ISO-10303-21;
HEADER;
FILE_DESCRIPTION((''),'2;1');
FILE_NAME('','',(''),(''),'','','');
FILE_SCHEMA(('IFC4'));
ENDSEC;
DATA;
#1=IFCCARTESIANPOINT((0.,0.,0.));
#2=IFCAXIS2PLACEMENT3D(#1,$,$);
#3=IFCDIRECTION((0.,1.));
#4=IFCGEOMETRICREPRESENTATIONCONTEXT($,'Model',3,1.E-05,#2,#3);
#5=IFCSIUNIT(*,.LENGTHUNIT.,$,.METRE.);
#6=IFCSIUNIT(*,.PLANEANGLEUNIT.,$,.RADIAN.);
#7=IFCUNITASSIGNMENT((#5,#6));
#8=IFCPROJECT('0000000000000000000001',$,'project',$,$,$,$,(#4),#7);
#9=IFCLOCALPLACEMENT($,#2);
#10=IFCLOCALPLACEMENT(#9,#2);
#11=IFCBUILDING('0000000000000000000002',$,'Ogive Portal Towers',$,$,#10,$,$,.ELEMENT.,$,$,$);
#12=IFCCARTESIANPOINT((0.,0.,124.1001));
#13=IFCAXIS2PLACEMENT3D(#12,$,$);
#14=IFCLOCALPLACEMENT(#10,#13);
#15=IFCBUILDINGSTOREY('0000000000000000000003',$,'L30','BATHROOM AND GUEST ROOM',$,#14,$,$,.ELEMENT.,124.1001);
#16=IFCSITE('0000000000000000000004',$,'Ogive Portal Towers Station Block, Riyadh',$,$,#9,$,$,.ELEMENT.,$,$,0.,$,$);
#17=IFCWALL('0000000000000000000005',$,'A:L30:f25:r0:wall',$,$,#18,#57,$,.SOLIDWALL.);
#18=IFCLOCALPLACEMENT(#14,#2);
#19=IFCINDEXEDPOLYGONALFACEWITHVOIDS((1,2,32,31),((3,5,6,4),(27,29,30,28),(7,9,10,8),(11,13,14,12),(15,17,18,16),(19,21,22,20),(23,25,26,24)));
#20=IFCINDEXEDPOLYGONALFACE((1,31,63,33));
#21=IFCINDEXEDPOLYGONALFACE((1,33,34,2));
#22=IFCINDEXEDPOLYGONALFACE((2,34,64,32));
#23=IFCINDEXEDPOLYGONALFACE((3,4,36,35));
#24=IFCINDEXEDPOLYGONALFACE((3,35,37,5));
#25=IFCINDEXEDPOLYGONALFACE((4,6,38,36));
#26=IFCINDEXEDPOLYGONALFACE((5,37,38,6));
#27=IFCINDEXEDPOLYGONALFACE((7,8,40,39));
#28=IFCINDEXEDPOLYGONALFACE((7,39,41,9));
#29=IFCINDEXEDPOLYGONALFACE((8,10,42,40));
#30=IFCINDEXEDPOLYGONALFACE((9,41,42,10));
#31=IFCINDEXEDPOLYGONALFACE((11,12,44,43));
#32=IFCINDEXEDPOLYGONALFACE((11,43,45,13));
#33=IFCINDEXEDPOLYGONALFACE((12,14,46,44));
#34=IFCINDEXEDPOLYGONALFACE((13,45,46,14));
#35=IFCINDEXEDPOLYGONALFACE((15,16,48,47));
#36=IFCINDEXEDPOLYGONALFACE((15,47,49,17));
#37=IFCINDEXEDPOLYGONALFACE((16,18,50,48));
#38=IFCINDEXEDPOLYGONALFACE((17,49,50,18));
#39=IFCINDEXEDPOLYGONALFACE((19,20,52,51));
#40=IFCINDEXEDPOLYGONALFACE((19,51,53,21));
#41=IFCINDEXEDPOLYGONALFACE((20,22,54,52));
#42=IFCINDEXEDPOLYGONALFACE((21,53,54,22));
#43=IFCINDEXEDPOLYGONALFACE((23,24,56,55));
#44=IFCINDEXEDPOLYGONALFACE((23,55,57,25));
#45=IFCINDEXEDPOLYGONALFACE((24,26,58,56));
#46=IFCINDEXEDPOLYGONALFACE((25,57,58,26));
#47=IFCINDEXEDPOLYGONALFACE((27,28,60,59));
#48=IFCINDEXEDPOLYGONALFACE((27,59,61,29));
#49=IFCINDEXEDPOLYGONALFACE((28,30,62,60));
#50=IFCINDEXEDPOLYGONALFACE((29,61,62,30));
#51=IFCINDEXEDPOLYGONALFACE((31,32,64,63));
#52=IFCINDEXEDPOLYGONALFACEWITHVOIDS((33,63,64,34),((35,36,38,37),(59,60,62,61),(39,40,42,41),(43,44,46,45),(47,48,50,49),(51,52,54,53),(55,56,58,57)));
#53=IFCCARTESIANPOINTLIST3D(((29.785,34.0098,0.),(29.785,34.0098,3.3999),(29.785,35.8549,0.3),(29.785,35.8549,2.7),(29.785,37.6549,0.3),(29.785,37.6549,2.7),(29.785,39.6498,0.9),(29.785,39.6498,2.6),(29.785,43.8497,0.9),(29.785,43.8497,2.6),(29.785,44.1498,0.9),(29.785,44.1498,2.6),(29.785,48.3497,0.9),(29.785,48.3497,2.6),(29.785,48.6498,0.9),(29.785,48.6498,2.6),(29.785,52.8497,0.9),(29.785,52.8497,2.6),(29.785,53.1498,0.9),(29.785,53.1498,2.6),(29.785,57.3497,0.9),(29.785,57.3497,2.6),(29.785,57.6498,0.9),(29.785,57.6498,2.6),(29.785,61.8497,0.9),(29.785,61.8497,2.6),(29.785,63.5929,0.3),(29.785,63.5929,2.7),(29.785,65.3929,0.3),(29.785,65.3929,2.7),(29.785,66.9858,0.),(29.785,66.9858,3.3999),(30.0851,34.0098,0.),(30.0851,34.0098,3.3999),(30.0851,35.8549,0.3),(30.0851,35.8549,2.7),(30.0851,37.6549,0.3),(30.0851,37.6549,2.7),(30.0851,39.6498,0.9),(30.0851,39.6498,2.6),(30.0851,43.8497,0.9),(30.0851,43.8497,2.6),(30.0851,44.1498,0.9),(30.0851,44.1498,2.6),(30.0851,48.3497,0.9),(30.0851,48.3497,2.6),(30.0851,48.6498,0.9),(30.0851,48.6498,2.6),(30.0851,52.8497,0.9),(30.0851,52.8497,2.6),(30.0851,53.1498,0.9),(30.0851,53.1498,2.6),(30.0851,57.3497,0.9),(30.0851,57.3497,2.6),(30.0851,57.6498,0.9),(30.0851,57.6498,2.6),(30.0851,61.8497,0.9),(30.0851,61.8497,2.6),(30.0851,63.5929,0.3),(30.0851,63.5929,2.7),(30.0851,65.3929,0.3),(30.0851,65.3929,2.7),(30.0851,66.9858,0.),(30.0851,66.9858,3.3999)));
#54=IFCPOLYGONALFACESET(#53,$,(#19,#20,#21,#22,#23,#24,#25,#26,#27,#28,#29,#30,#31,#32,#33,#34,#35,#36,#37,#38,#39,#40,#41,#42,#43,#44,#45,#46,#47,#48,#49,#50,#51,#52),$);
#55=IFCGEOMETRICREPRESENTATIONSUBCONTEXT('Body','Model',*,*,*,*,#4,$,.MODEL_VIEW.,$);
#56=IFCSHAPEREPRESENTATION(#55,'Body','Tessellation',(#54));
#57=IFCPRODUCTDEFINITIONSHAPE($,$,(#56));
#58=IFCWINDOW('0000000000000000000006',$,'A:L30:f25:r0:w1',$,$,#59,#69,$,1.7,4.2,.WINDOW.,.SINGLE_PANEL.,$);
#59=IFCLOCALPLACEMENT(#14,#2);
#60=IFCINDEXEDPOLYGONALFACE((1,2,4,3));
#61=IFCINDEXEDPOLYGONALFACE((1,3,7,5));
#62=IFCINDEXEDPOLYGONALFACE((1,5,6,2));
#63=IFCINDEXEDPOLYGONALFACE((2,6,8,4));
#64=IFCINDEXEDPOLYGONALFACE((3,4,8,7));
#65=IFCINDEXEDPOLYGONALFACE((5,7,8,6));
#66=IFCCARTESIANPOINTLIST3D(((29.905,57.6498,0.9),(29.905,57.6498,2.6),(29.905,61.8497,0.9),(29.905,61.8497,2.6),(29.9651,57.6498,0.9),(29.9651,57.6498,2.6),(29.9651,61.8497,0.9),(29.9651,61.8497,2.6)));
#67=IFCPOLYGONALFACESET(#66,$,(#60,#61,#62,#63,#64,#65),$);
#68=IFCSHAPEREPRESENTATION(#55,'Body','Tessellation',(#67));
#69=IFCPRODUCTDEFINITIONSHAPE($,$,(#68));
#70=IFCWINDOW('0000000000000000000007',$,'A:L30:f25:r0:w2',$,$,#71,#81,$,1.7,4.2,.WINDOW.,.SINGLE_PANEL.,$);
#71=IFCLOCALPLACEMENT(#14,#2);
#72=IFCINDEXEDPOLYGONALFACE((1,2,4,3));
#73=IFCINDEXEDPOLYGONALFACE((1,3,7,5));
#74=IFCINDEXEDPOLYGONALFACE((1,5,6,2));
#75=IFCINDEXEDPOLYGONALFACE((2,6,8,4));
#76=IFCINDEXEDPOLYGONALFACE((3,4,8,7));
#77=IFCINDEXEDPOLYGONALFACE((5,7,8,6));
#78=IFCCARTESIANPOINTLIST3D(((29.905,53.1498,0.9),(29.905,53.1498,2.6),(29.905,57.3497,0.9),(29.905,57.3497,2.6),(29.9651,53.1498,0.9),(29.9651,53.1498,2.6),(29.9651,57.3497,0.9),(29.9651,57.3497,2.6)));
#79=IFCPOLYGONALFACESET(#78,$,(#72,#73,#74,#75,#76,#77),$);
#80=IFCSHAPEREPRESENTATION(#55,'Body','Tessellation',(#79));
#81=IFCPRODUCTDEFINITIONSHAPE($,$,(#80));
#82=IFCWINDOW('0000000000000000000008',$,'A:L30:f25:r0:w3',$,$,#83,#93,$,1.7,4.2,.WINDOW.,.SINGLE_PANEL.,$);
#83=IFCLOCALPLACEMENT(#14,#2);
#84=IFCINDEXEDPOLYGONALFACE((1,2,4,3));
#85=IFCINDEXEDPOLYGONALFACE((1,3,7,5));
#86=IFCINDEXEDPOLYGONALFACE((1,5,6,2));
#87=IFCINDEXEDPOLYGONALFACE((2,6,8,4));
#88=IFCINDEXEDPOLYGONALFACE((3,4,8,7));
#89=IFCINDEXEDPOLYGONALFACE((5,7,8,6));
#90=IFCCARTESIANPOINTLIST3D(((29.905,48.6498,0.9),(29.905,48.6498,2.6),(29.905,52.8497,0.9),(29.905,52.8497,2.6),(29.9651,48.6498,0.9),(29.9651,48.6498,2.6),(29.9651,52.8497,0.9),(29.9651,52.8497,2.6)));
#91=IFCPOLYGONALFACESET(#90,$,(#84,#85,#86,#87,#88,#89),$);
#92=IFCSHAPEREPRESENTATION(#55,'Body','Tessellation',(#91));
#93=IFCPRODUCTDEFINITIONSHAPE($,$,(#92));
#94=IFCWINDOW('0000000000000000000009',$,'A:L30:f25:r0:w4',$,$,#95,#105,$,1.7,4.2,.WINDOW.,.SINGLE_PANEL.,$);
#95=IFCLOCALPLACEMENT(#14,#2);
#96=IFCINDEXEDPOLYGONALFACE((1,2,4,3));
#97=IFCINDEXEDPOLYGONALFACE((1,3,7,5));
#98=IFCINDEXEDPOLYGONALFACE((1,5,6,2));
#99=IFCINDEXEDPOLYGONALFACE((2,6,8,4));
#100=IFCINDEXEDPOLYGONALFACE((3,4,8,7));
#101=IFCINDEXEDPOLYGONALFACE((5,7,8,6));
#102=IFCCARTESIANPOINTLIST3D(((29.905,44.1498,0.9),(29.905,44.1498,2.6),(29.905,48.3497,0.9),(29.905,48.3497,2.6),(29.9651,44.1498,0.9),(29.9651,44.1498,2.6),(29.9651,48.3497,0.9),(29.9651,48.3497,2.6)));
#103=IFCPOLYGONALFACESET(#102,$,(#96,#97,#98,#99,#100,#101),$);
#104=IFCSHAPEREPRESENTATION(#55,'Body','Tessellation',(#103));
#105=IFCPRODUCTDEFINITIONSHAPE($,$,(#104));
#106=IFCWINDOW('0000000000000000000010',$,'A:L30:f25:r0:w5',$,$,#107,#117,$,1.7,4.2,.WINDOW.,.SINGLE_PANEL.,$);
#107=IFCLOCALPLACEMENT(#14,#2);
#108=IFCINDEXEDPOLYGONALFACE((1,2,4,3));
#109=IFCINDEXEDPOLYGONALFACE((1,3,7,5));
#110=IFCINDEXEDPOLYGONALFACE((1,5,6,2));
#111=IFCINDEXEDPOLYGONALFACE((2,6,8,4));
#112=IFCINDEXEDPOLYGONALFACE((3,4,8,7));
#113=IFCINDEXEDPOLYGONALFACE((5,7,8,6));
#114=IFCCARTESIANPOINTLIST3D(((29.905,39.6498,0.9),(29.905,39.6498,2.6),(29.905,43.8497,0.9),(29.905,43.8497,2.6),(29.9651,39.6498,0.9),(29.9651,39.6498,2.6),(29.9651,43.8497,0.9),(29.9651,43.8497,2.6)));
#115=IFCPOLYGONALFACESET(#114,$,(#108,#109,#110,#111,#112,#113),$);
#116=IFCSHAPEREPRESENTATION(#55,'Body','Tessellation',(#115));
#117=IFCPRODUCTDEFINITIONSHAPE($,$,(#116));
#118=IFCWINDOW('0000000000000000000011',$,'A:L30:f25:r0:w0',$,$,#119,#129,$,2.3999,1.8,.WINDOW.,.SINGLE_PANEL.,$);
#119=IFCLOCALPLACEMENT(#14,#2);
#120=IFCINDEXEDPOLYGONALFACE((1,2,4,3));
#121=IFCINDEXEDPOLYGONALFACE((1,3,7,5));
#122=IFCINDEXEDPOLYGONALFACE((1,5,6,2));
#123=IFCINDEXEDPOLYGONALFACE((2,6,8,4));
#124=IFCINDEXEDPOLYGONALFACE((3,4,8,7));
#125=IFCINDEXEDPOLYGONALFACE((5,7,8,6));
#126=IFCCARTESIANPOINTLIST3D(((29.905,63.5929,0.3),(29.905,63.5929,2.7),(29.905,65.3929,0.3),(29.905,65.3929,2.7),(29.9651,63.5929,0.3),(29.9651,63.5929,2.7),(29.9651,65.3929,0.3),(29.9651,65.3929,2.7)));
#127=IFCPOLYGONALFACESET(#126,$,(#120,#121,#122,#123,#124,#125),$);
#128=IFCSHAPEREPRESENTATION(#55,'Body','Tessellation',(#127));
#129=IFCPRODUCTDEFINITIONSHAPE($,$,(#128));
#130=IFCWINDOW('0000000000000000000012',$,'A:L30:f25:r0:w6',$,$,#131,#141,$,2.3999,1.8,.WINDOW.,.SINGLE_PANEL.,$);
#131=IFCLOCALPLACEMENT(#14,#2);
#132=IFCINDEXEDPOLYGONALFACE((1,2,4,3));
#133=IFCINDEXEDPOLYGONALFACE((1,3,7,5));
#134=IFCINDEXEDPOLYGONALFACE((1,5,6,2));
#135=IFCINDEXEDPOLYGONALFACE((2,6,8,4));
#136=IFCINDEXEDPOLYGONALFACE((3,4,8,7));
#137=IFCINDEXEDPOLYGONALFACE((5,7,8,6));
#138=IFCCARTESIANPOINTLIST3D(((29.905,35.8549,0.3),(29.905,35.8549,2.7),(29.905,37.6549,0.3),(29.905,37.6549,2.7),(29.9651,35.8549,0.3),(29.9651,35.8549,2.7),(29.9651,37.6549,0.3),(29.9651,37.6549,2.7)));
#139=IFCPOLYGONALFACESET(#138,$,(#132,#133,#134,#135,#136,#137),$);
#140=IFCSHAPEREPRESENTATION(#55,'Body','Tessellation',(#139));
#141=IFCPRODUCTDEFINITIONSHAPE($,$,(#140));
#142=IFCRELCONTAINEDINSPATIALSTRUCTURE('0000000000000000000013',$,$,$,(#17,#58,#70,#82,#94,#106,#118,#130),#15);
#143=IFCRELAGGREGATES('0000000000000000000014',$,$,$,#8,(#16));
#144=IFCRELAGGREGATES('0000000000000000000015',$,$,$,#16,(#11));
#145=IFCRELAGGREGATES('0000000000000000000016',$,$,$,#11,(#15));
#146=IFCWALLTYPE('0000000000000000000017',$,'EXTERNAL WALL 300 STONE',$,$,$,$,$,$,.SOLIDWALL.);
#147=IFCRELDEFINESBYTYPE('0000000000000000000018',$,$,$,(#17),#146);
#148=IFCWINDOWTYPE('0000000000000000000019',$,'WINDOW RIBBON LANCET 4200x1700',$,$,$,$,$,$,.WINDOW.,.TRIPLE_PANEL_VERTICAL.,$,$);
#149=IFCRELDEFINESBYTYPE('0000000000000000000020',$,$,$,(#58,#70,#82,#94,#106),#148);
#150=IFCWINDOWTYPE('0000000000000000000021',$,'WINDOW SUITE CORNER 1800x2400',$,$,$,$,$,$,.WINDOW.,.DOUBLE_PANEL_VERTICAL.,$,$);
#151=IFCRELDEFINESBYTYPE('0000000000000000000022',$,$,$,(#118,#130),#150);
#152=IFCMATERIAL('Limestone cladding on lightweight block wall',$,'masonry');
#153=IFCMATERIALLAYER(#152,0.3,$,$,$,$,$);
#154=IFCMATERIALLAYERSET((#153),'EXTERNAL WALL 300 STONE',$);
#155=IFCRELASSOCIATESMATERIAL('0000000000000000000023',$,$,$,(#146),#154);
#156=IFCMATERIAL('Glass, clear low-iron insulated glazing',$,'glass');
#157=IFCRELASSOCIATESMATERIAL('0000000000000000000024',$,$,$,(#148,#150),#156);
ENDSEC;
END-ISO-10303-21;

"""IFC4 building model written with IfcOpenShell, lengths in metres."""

from ifc_helpers import new_model, si_unit, direction, frame, frame_2d, origin, place, context, subcontext, project, spatial, rectangle, extrude, material, layer, layer_set, type_object, element, fill, save


model = new_model("IFC4")

# Units and contexts
model_context = context("Model", 3, precision=1e-05, world=origin(), true_north=direction((0.0, 1.0)))
body_context = subcontext(model_context, "Body", "Model", "MODEL_VIEW")
ifc_project = project(units=[si_unit("LENGTHUNIT", "METRE"), si_unit("PLANEANGLEUNIT", "RADIAN")], contexts=[model_context])

# Site, building, storey
site_placement = place(None, origin())
site = spatial("IfcSite", under=ifc_project, at=site_placement, Name="Ogive Portal Towers Station Block, Riyadh", CompositionType="ELEMENT", RefElevation=0.0)
building_placement = place(site_placement, origin())
building = spatial("IfcBuilding", under=site, at=building_placement, Name="Ogive Portal Towers", CompositionType="ELEMENT")
storey_placement = place(building_placement, frame((0.0, 0.0, 124.1001)))
storey = spatial("IfcBuildingStorey", under=building, at=storey_placement, Name="L30", Description="BATHROOM AND GUEST ROOM", CompositionType="ELEMENT", Elevation=124.1001)

# Shared definitions
ifc_material_1 = material(Name="Glass, clear low-iron insulated glazing", Category="glass")

# Wall, openings, windows
ifc_material_2 = material(Name="Limestone cladding on lightweight block wall", Category="masonry")
ifc_layer_1 = layer(ifc_material_2, 0.3)
ifc_layer_set_1 = layer_set([ifc_layer_1], Name="EXTERNAL WALL 300 STONE")
wall_type_1 = type_object("IfcWallType", Name="EXTERNAL WALL 300 STONE", PredefinedType="SOLIDWALL", material=ifc_layer_set_1)
wall_1_placement = place(storey_placement, frame((29.9351, 66.9858, 0.0), z_axis=(0.0, 0.0, 1.0), x_axis=(0.0, -1.0, 0.0)))
wall_1 = element("IfcWall", 1, at=wall_1_placement, inside=storey, type_object=wall_type_1, Name="A:L30:f25:r0:wall", PredefinedType="SOLIDWALL", context=body_context, shape_type="SweptSolid", body=[
    extrude(rectangle(XDim=32.9761, YDim=0.3, at=frame_2d((16.488, 0.0))), origin(), (0.0, 0.0, 1.0), 3.3999),
])
opening_1_placement = place(wall_1_placement, frame((1.593, 0.0, 0.3)))
opening_1 = element("IfcOpeningElement", 2, at=opening_1_placement, cuts=wall_1, PredefinedType="OPENING", context=body_context, shape_type="SweptSolid", body=[
    extrude(rectangle(XDim=1.8, YDim=2.3999, at=frame_2d((0.8999, 1.2))), frame((0.0, 0.1602, 0.0), z_axis=(0.0, -1.0, 0.0), x_axis=(1.0, 0.0, 0.0)), (0.0, 0.0, 1.0), 0.3201),
])
opening_2_placement = place(wall_1_placement, frame((5.136, 0.0, 0.8999)))
opening_2 = element("IfcOpeningElement", 3, at=opening_2_placement, cuts=wall_1, PredefinedType="OPENING", context=body_context, shape_type="SweptSolid", body=[
    extrude(rectangle(XDim=4.2, YDim=1.7, at=frame_2d((2.1001, 0.8501))), frame((0.0, 0.1602, 0.0), z_axis=(0.0, -1.0, 0.0), x_axis=(1.0, 0.0, 0.0)), (0.0, 0.0, 1.0), 0.3201),
])
opening_3_placement = place(wall_1_placement, frame((9.636, 0.0, 0.8999)))
opening_3 = element("IfcOpeningElement", 4, at=opening_3_placement, cuts=wall_1, PredefinedType="OPENING", context=body_context, shape_type="SweptSolid", body=[
    extrude(rectangle(XDim=4.2, YDim=1.7, at=frame_2d((2.1001, 0.8501))), frame((0.0, 0.1602, 0.0), z_axis=(0.0, -1.0, 0.0), x_axis=(1.0, 0.0, 0.0)), (0.0, 0.0, 1.0), 0.3201),
])
opening_4_placement = place(wall_1_placement, frame((14.136, 0.0, 0.8999)))
opening_4 = element("IfcOpeningElement", 5, at=opening_4_placement, cuts=wall_1, PredefinedType="OPENING", context=body_context, shape_type="SweptSolid", body=[
    extrude(rectangle(XDim=4.2, YDim=1.7, at=frame_2d((2.1001, 0.8501))), frame((0.0, 0.1602, 0.0), z_axis=(0.0, -1.0, 0.0), x_axis=(1.0, 0.0, 0.0)), (0.0, 0.0, 1.0), 0.3201),
])
opening_5_placement = place(wall_1_placement, frame((18.636, 0.0, 0.8999)))
opening_5 = element("IfcOpeningElement", 6, at=opening_5_placement, cuts=wall_1, PredefinedType="OPENING", context=body_context, shape_type="SweptSolid", body=[
    extrude(rectangle(XDim=4.2, YDim=1.7, at=frame_2d((2.1001, 0.8501))), frame((0.0, 0.1602, 0.0), z_axis=(0.0, -1.0, 0.0), x_axis=(1.0, 0.0, 0.0)), (0.0, 0.0, 1.0), 0.3201),
])
opening_6_placement = place(wall_1_placement, frame((23.136, 0.0, 0.8999)))
opening_6 = element("IfcOpeningElement", 7, at=opening_6_placement, cuts=wall_1, PredefinedType="OPENING", context=body_context, shape_type="SweptSolid", body=[
    extrude(rectangle(XDim=4.2, YDim=1.7, at=frame_2d((2.1001, 0.8501))), frame((0.0, 0.1602, 0.0), z_axis=(0.0, -1.0, 0.0), x_axis=(1.0, 0.0, 0.0)), (0.0, 0.0, 1.0), 0.3201),
])
opening_7_placement = place(wall_1_placement, frame((29.3311, 0.0, 0.3)))
opening_7 = element("IfcOpeningElement", 8, at=opening_7_placement, cuts=wall_1, PredefinedType="OPENING", context=body_context, shape_type="SweptSolid", body=[
    extrude(rectangle(XDim=1.8, YDim=2.3999, at=frame_2d((0.8999, 1.2))), frame((0.0, 0.1602, 0.0), z_axis=(0.0, -1.0, 0.0), x_axis=(1.0, 0.0, 0.0)), (0.0, 0.0, 1.0), 0.3201),
])
window_type_1 = type_object("IfcWindowType", Name="WINDOW RIBBON LANCET 4200x1700", PartitioningType="TRIPLE_PANEL_VERTICAL", PredefinedType="WINDOW", material=ifc_material_1)
window_1_placement = place(opening_2_placement, origin())
window_1 = element("IfcWindow", 9, at=window_1_placement, inside=storey, type_object=window_type_1, Name="A:L30:f25:r0:w1", OverallHeight=1.7, OverallWidth=4.2, PartitioningType="SINGLE_PANEL", PredefinedType="WINDOW", context=body_context, shape_type="SweptSolid", body=[
    extrude(rectangle(XDim=4.2, YDim=1.7, at=frame_2d((2.1001, 0.8501))), frame((0.0, 0.03, 0.0), z_axis=(0.0, -1.0, 0.0), x_axis=(1.0, 0.0, 0.0)), (0.0, 0.0, 1.0), 0.0601),
])
fill(opening_2, window_1)
window_2_placement = place(opening_3_placement, origin())
window_2 = element("IfcWindow", 10, at=window_2_placement, inside=storey, type_object=window_type_1, Name="A:L30:f25:r0:w2", OverallHeight=1.7, OverallWidth=4.2, PartitioningType="SINGLE_PANEL", PredefinedType="WINDOW", context=body_context, shape_type="SweptSolid", body=[
    extrude(rectangle(XDim=4.2, YDim=1.7, at=frame_2d((2.1001, 0.8501))), frame((0.0, 0.03, 0.0), z_axis=(0.0, -1.0, 0.0), x_axis=(1.0, 0.0, 0.0)), (0.0, 0.0, 1.0), 0.0601),
])
fill(opening_3, window_2)
window_3_placement = place(opening_4_placement, origin())
window_3 = element("IfcWindow", 11, at=window_3_placement, inside=storey, type_object=window_type_1, Name="A:L30:f25:r0:w3", OverallHeight=1.7, OverallWidth=4.2, PartitioningType="SINGLE_PANEL", PredefinedType="WINDOW", context=body_context, shape_type="SweptSolid", body=[
    extrude(rectangle(XDim=4.2, YDim=1.7, at=frame_2d((2.1001, 0.8501))), frame((0.0, 0.03, 0.0), z_axis=(0.0, -1.0, 0.0), x_axis=(1.0, 0.0, 0.0)), (0.0, 0.0, 1.0), 0.0601),
])
fill(opening_4, window_3)
window_4_placement = place(opening_5_placement, origin())
window_4 = element("IfcWindow", 12, at=window_4_placement, inside=storey, type_object=window_type_1, Name="A:L30:f25:r0:w4", OverallHeight=1.7, OverallWidth=4.2, PartitioningType="SINGLE_PANEL", PredefinedType="WINDOW", context=body_context, shape_type="SweptSolid", body=[
    extrude(rectangle(XDim=4.2, YDim=1.7, at=frame_2d((2.1001, 0.8501))), frame((0.0, 0.03, 0.0), z_axis=(0.0, -1.0, 0.0), x_axis=(1.0, 0.0, 0.0)), (0.0, 0.0, 1.0), 0.0601),
])
fill(opening_5, window_4)
window_5_placement = place(opening_6_placement, origin())
window_5 = element("IfcWindow", 13, at=window_5_placement, inside=storey, type_object=window_type_1, Name="A:L30:f25:r0:w5", OverallHeight=1.7, OverallWidth=4.2, PartitioningType="SINGLE_PANEL", PredefinedType="WINDOW", context=body_context, shape_type="SweptSolid", body=[
    extrude(rectangle(XDim=4.2, YDim=1.7, at=frame_2d((2.1001, 0.8501))), frame((0.0, 0.03, 0.0), z_axis=(0.0, -1.0, 0.0), x_axis=(1.0, 0.0, 0.0)), (0.0, 0.0, 1.0), 0.0601),
])
fill(opening_6, window_5)
window_type_2 = type_object("IfcWindowType", Name="WINDOW SUITE CORNER 1800x2400", PartitioningType="DOUBLE_PANEL_VERTICAL", PredefinedType="WINDOW", material=ifc_material_1)
window_6_placement = place(opening_1_placement, origin())
window_6 = element("IfcWindow", 14, at=window_6_placement, inside=storey, type_object=window_type_2, Name="A:L30:f25:r0:w0", OverallHeight=2.3999, OverallWidth=1.8, PartitioningType="SINGLE_PANEL", PredefinedType="WINDOW", context=body_context, shape_type="SweptSolid", body=[
    extrude(rectangle(XDim=1.8, YDim=2.3999, at=frame_2d((0.8999, 1.2))), frame((0.0, 0.03, 0.0), z_axis=(0.0, -1.0, 0.0), x_axis=(1.0, 0.0, 0.0)), (0.0, 0.0, 1.0), 0.0601),
])
fill(opening_1, window_6)
window_7_placement = place(opening_7_placement, origin())
window_7 = element("IfcWindow", 15, at=window_7_placement, inside=storey, type_object=window_type_2, Name="A:L30:f25:r0:w6", OverallHeight=2.3999, OverallWidth=1.8, PartitioningType="SINGLE_PANEL", PredefinedType="WINDOW", context=body_context, shape_type="SweptSolid", body=[
    extrude(rectangle(XDim=1.8, YDim=2.3999, at=frame_2d((0.8999, 1.2))), frame((0.0, 0.03, 0.0), z_axis=(0.0, -1.0, 0.0), x_axis=(1.0, 0.0, 0.0)), (0.0, 0.0, 1.0), 0.0601),
])
fill(opening_7, window_7)

save(model, "model.ifc")
